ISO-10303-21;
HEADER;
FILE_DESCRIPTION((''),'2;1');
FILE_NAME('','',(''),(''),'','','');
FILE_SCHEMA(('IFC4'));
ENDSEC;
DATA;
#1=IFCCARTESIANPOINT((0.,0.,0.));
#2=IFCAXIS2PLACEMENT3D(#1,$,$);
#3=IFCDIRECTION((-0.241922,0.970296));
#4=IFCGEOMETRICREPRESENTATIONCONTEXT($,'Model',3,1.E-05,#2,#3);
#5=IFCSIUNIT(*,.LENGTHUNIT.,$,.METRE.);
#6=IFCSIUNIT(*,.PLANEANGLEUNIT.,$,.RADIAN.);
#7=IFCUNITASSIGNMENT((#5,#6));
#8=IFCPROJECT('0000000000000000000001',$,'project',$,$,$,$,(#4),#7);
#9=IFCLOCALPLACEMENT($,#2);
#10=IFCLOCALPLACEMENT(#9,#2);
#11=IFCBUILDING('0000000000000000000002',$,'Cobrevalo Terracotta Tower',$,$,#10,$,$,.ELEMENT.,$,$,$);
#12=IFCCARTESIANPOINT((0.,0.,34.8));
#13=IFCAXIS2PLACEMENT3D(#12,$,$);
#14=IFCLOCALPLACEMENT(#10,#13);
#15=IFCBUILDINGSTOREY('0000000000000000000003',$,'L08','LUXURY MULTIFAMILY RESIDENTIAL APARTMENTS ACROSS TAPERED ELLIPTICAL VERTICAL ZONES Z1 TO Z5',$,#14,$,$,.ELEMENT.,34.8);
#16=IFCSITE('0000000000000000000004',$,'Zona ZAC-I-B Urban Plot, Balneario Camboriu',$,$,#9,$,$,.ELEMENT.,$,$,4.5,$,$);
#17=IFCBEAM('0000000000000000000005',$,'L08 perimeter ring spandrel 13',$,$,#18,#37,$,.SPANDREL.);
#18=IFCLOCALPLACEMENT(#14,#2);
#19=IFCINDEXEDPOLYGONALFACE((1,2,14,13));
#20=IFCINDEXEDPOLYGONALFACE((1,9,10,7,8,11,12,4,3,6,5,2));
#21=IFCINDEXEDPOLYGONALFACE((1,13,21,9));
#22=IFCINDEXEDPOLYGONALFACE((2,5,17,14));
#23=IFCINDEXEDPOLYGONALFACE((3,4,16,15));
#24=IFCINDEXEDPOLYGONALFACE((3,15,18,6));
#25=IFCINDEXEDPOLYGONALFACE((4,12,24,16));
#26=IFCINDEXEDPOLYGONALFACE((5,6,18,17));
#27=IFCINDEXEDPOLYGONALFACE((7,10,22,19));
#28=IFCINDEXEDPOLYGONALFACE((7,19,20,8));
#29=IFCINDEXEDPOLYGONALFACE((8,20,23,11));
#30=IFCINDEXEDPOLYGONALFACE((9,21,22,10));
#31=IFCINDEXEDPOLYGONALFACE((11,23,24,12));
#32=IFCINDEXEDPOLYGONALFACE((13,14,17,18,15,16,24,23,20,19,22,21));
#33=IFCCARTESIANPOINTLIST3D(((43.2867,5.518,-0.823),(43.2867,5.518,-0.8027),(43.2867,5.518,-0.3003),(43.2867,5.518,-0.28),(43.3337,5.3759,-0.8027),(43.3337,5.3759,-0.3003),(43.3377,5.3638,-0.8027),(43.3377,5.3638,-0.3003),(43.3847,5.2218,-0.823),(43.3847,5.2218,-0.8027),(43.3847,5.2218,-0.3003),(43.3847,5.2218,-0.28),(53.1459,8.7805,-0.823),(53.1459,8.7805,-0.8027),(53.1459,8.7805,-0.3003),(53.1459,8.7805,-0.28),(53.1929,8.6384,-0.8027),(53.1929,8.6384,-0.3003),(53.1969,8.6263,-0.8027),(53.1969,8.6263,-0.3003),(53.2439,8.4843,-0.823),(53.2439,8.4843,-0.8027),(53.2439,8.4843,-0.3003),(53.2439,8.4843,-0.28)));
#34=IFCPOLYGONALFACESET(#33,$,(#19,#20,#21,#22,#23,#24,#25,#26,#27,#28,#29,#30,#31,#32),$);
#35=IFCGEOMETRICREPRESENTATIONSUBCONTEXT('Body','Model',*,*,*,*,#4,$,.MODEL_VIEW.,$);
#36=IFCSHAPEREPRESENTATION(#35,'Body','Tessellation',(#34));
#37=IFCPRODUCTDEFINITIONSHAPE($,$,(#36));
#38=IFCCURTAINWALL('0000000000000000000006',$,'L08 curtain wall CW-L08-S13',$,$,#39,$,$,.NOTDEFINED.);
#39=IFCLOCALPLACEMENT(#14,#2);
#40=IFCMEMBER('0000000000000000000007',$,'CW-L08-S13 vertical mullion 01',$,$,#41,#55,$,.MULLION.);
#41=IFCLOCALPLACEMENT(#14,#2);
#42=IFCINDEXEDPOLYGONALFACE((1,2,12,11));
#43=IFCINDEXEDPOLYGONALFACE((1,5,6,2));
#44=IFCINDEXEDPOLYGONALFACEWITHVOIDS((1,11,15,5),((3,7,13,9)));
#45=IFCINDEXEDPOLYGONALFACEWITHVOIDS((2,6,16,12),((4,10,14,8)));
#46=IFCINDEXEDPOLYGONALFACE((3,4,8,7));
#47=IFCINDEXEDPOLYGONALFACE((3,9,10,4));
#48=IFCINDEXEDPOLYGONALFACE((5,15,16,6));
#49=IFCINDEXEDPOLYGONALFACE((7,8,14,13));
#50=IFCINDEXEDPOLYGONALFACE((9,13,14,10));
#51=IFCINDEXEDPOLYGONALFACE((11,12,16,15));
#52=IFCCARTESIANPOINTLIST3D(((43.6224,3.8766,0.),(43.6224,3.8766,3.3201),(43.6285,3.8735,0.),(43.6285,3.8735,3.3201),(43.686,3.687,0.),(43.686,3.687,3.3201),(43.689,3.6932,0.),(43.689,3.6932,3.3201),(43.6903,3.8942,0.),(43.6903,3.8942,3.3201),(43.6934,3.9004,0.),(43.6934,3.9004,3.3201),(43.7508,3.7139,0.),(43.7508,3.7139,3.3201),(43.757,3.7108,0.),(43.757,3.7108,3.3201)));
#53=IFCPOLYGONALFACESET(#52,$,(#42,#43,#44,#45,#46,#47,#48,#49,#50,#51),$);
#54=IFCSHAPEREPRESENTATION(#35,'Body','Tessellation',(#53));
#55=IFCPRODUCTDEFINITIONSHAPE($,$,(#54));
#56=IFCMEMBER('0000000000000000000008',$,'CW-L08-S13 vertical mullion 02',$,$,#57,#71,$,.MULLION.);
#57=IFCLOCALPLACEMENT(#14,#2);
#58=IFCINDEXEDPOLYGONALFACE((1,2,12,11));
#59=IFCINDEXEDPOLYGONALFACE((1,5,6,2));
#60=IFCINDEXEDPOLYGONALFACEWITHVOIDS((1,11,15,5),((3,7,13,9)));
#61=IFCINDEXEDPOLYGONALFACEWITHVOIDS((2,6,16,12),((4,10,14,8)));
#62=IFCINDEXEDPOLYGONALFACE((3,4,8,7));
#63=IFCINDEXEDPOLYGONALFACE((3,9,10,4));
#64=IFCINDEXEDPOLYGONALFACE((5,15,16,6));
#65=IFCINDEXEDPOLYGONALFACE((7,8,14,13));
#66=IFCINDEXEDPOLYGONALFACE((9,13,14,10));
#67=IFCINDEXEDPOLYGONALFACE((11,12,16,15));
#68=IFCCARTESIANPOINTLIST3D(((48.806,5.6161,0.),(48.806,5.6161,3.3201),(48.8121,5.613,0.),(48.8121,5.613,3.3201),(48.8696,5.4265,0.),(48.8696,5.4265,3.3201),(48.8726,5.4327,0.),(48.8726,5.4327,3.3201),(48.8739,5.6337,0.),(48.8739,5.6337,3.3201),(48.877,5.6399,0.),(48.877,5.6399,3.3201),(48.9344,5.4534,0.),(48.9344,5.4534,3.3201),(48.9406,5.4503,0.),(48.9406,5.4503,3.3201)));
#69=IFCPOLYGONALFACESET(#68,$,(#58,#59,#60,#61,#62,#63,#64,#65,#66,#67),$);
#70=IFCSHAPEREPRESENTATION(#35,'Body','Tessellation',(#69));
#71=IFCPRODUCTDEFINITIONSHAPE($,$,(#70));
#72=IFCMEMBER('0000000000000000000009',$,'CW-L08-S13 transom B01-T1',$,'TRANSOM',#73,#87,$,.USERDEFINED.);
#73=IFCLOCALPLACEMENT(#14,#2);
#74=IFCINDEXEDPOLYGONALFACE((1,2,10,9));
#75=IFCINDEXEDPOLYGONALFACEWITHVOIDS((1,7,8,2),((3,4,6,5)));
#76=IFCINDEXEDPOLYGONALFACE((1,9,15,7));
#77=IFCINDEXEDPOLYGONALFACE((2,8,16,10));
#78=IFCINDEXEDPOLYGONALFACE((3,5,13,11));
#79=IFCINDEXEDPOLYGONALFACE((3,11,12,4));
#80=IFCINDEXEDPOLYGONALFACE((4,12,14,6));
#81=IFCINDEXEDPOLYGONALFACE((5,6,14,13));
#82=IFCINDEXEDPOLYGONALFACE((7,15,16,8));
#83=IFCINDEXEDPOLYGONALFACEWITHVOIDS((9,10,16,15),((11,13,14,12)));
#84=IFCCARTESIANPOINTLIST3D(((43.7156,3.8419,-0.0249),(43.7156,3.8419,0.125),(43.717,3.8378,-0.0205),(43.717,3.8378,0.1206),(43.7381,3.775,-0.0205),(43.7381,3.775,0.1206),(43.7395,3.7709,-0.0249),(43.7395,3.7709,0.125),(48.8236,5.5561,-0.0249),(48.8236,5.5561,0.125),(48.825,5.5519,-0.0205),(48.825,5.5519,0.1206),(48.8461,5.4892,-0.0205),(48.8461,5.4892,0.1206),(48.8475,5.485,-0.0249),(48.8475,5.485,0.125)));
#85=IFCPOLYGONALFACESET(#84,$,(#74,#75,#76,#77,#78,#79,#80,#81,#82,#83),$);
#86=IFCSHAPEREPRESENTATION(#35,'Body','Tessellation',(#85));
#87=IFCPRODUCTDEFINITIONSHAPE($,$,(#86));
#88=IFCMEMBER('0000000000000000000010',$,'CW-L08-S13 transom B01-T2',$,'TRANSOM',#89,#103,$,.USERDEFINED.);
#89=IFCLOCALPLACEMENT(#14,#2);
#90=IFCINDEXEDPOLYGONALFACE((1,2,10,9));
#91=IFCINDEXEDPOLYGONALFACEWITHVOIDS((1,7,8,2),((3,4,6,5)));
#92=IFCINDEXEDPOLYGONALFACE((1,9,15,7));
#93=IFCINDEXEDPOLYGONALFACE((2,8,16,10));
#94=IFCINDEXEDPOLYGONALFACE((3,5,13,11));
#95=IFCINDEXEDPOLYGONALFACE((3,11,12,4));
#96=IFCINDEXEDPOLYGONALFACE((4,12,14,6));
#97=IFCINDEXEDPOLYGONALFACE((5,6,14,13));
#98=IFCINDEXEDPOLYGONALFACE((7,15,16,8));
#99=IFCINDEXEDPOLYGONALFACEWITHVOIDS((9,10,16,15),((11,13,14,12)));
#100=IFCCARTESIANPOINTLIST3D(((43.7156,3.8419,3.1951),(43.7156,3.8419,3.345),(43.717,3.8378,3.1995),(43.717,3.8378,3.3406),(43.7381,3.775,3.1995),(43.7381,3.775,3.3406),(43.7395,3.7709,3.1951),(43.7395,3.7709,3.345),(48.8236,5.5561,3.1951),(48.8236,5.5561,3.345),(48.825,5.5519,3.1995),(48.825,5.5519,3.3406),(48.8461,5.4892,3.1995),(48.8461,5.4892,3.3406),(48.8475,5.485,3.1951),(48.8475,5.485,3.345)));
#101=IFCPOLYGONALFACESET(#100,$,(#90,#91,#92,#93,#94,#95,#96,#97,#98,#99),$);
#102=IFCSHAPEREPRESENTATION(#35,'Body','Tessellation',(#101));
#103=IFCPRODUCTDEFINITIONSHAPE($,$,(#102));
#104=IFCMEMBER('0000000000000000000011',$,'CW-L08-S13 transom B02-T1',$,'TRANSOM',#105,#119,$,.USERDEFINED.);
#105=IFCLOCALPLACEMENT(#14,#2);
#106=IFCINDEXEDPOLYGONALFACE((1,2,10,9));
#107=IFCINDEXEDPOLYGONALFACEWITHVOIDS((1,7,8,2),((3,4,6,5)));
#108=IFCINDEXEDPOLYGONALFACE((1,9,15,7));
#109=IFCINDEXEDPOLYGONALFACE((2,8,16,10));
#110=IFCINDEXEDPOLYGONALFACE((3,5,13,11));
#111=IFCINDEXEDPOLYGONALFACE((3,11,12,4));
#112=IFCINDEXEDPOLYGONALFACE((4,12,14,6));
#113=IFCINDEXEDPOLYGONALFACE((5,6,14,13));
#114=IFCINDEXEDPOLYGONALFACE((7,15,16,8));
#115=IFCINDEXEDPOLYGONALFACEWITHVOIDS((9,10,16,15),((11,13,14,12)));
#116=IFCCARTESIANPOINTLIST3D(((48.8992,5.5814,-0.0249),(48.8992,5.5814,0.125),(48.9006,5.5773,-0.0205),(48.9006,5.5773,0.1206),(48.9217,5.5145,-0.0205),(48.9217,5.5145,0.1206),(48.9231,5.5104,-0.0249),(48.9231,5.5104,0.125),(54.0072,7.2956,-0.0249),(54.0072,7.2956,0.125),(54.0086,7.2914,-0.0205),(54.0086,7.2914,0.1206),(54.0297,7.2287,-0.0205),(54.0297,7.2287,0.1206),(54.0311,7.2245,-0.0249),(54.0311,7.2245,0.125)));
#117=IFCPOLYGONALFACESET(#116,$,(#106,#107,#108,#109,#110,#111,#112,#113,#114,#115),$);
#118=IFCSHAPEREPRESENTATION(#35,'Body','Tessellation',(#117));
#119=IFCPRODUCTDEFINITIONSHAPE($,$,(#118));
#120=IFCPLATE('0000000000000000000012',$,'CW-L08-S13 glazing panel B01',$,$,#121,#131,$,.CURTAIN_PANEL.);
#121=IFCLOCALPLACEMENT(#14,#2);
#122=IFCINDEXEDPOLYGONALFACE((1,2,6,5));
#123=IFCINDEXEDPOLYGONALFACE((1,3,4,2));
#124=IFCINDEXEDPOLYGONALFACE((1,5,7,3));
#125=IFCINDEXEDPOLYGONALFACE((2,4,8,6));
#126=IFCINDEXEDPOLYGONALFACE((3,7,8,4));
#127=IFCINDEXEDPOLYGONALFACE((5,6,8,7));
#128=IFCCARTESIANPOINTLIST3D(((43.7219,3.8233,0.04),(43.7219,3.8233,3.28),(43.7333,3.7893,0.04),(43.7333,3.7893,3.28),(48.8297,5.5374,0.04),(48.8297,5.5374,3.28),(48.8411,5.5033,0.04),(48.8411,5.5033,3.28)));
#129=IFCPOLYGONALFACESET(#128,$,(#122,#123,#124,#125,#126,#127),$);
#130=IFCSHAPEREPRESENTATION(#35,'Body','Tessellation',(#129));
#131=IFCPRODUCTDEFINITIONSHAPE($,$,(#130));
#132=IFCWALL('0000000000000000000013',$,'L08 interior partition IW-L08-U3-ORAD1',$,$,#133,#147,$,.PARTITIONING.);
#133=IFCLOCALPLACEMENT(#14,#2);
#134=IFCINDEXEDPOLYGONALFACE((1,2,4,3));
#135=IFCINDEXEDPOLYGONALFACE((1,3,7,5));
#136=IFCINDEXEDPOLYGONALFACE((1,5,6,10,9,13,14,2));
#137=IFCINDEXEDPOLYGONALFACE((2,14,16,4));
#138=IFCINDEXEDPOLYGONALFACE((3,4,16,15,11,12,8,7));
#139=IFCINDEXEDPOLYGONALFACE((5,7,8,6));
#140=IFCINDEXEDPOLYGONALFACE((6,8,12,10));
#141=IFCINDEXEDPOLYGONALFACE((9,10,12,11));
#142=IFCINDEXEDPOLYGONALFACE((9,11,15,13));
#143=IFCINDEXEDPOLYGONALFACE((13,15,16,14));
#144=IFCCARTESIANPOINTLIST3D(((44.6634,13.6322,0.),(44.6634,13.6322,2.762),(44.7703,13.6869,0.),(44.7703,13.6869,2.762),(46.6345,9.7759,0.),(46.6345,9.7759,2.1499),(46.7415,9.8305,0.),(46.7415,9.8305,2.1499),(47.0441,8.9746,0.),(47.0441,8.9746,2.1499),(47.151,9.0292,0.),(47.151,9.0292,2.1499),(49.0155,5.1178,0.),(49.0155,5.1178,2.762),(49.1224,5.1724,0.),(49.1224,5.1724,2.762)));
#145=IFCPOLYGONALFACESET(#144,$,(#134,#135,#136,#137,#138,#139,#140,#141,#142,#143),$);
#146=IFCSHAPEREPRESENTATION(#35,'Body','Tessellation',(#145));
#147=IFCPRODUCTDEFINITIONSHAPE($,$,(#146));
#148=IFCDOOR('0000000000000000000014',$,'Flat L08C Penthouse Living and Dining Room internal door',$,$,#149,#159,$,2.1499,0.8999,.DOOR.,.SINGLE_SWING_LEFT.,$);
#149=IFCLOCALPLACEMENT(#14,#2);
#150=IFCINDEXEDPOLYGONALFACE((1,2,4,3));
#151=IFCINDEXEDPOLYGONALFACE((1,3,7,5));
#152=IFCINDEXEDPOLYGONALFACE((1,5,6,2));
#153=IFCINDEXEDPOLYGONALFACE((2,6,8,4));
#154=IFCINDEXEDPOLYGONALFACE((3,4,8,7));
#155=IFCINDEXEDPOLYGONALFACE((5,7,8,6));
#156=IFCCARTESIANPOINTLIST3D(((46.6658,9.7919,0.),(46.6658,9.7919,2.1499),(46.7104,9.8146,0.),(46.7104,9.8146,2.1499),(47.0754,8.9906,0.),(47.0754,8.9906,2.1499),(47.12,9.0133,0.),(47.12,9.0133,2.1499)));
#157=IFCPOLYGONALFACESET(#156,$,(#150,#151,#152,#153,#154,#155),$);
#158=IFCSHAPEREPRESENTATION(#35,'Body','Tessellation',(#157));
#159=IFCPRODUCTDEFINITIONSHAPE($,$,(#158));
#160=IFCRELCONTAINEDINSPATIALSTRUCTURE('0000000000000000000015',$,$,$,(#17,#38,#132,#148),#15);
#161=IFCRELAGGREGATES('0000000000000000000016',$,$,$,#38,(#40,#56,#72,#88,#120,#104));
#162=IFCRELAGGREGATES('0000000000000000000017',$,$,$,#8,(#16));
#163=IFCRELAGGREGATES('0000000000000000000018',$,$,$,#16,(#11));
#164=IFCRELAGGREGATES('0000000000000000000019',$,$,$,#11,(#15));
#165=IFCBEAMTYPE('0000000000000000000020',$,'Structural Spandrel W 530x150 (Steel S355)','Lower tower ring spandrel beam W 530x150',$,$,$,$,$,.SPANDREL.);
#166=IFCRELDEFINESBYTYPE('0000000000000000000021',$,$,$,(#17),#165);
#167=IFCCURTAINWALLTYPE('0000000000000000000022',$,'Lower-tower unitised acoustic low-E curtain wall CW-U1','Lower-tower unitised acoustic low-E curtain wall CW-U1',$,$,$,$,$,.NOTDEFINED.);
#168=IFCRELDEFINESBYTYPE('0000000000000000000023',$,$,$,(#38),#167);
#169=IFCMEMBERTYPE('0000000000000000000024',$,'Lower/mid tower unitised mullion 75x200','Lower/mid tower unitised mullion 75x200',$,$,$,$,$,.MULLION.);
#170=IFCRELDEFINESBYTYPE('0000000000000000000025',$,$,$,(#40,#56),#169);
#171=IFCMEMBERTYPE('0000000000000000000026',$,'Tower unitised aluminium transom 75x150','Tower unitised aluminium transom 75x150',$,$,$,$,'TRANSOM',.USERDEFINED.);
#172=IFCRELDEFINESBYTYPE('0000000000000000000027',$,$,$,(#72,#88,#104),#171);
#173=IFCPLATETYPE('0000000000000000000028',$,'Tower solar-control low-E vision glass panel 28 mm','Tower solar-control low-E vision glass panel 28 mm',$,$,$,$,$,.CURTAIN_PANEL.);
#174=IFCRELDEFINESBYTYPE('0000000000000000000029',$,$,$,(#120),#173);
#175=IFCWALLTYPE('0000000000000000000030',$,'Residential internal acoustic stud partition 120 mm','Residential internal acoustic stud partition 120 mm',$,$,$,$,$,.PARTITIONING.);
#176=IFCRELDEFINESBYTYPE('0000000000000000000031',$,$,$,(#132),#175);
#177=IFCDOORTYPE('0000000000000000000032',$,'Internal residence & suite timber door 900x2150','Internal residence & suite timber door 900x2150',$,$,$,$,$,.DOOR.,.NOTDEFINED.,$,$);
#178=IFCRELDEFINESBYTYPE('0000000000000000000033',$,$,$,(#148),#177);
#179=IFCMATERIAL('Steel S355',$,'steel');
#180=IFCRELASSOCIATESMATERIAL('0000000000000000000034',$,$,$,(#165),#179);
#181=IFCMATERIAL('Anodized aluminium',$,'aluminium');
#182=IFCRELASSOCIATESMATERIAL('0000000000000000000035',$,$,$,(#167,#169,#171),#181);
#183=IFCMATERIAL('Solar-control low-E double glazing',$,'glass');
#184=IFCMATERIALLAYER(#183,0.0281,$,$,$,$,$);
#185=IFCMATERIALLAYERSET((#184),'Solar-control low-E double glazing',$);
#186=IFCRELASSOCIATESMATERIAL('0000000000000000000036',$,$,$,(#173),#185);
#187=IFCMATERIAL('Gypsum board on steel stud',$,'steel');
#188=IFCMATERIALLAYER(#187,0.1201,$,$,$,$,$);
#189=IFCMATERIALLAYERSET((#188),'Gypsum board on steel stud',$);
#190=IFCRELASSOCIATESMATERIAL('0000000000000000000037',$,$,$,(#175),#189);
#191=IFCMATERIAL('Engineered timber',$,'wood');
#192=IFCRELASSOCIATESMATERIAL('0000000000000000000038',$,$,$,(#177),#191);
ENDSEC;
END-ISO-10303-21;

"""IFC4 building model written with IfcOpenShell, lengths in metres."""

from ifc_helpers import new_model, si_unit, direction, frame, frame_2d, origin, origin_2d, place, context, subcontext, project, spatial, rectangle, hollow_rectangle, i_section, extrude, source, transform, mapped, material, layer, layer_set, material_profile, profile_set, type_object, element, fill, aggregate, save


model = new_model("IFC4")

# Units and contexts
model_context = context("Model", 3, precision=1e-05, world=origin(), true_north=direction((-0.241922, 0.970296)))
body_context = subcontext(model_context, "Body", "Model", "MODEL_VIEW")
ifc_project = project(units=[si_unit("LENGTHUNIT", "METRE"), si_unit("PLANEANGLEUNIT", "RADIAN")], contexts=[model_context])

# Site, building, storey
site_placement = place(None, origin())
site = spatial("IfcSite", under=ifc_project, at=site_placement, Name="Zona ZAC-I-B Urban Plot, Balneario Camboriu", CompositionType="ELEMENT", RefElevation=4.5)
building_placement = place(site_placement, origin())
building = spatial("IfcBuilding", under=site, at=building_placement, Name="Cobrevalo Terracotta Tower", CompositionType="ELEMENT")
storey_placement = place(building_placement, frame((0.0, 0.0, 34.8)))
storey = spatial("IfcBuildingStorey", under=building, at=storey_placement, Name="L08", Description="LUXURY MULTIFAMILY RESIDENTIAL APARTMENTS ACROSS TAPERED ELLIPTICAL VERTICAL ZONES Z1 TO Z5", CompositionType="ELEMENT", Elevation=34.8)

# Shared definitions
ifc_material_1 = material(Name="Steel S355", Category="steel")

# Beam
ifc_material_profile_1 = material_profile(ifc_material_1, i_section(OverallWidth=0.312, OverallDepth=0.543, WebThickness=0.0127, FlangeThickness=0.0203, at=origin_2d()), Name="W 530x150")
ifc_profile_set_1 = profile_set([ifc_material_profile_1], Name="Steel S355")
beam_type_1 = type_object("IfcBeamType", Name="Structural Spandrel W 530x150 (Steel S355)", Description="Lower tower ring spandrel beam W 530x150", PredefinedType="SPANDREL", material=ifc_profile_set_1)
beam_1_placement = place(storey_placement, frame((43.3357, 5.3699, -0.5515), z_axis=(0.949372, 0.314153, 0.0), x_axis=(-0.314153, 0.949372, 0.0)))
element("IfcBeam", 1, at=beam_1_placement, inside=storey, type_object=beam_type_1, Name="L08 perimeter ring spandrel 13", PredefinedType="SPANDREL", context=body_context, shape_type="SweptSolid", body=[
    extrude(i_section(OverallWidth=0.312, OverallDepth=0.543, WebThickness=0.0127, FlangeThickness=0.0203, at=origin_2d()), origin(), (0.0, 0.0, 1.0), 10.385),
])

# Curtain wall, members, plate
ifc_material_2 = material(Name="Anodized aluminium", Category="aluminium")
curtain_wall_type = type_object("IfcCurtainWallType", Name="Lower-tower unitised acoustic low-E curtain wall CW-U1", Description="Lower-tower unitised acoustic low-E curtain wall CW-U1", PredefinedType="NOTDEFINED", material=ifc_material_2)
curtain_wall_placement = place(storey_placement, origin())
curtain_wall = element("IfcCurtainWall", 2, at=curtain_wall_placement, inside=storey, type_object=curtain_wall_type, Name="L08 curtain wall CW-L08-S13", PredefinedType="NOTDEFINED")
ifc_material_profile_2 = material_profile(ifc_material_2, hollow_rectangle(XDim=0.075, YDim=0.2, WallThickness=0.0049, at=origin_2d()), Name="CWM 75x200")
ifc_profile_set_2 = profile_set([ifc_material_profile_2], Name="Anodized aluminium")
member_type_1 = type_object("IfcMemberType", Name="Lower/mid tower unitised mullion 75x200", Description="Lower/mid tower unitised mullion 75x200", PredefinedType="MULLION", material=ifc_profile_set_2)
shared_shape_1 = source(origin(), body_context, "Body", "SweptSolid", [
    extrude(hollow_rectangle(XDim=0.075, YDim=0.2, WallThickness=0.0049, at=origin_2d()), origin(), (0.0, 0.0, 1.0), 3.3201),
])
member_1_placement = place(storey_placement, frame((43.6897, 3.7937, 0.0), z_axis=(0.0, 0.0, 1.0), x_axis=(0.948046, 0.318132, 0.0)))
member_1 = element("IfcMember", 3, at=member_1_placement, type_object=member_type_1, Name="CW-L08-S13 vertical mullion 01", PredefinedType="MULLION", context=body_context, shape_type="MappedRepresentation", body=[
    mapped(shared_shape_1, transform((0.0, 0.0, 0.0), scale=1.0)),
])
member_2_placement = place(storey_placement, frame((48.8733, 5.5332, 0.0), z_axis=(0.0, 0.0, 1.0), x_axis=(0.948046, 0.318132, 0.0)))
member_2 = element("IfcMember", 4, at=member_2_placement, type_object=member_type_1, Name="CW-L08-S13 vertical mullion 02", PredefinedType="MULLION", context=body_context, shape_type="MappedRepresentation", body=[
    mapped(shared_shape_1, transform((0.0, 0.0, 0.0), scale=1.0)),
])
ifc_material_profile_3 = material_profile(ifc_material_2, hollow_rectangle(XDim=0.075, YDim=0.1499, WallThickness=0.0044, at=origin_2d()), Name="CWT 75x150")
ifc_profile_set_3 = profile_set([ifc_material_profile_3], Name="Anodized aluminium")
member_type_2 = type_object("IfcMemberType", Name="Tower unitised aluminium transom 75x150", Description="Tower unitised aluminium transom 75x150", ElementType="TRANSOM", PredefinedType="USERDEFINED", material=ifc_profile_set_3)
shared_shape_2 = source(origin(), body_context, "Body", "SweptSolid", [
    extrude(hollow_rectangle(XDim=0.075, YDim=0.1499, WallThickness=0.0044, at=origin_2d()), origin(), (0.0, 0.0, 1.0), 5.3879),
])
member_3_placement = place(storey_placement, frame((43.7275, 3.8064, 0.05), z_axis=(0.948042, 0.318144, 0.0), x_axis=(-0.318144, 0.948042, 0.0)))
member_3 = element("IfcMember", 5, at=member_3_placement, type_object=member_type_2, Name="CW-L08-S13 transom B01-T1", ObjectType="TRANSOM", PredefinedType="USERDEFINED", context=body_context, shape_type="MappedRepresentation", body=[
    mapped(shared_shape_2, transform((0.0, 0.0, 0.0), scale=1.0)),
])
member_4_placement = place(storey_placement, frame((43.7275, 3.8064, 3.27), z_axis=(0.948042, 0.318144, 0.0), x_axis=(-0.318144, 0.948042, 0.0)))
member_4 = element("IfcMember", 6, at=member_4_placement, type_object=member_type_2, Name="CW-L08-S13 transom B01-T2", ObjectType="TRANSOM", PredefinedType="USERDEFINED", context=body_context, shape_type="MappedRepresentation", body=[
    mapped(shared_shape_2, transform((0.0, 0.0, 0.0), scale=1.0)),
])
member_5_placement = place(storey_placement, frame((48.9111, 5.5459, 0.05), z_axis=(0.948042, 0.318144, 0.0), x_axis=(-0.318144, 0.948042, 0.0)))
member_5 = element("IfcMember", 7, at=member_5_placement, type_object=member_type_2, Name="CW-L08-S13 transom B02-T1", ObjectType="TRANSOM", PredefinedType="USERDEFINED", context=body_context, shape_type="MappedRepresentation", body=[
    mapped(shared_shape_2, transform((0.0, 0.0, 0.0), scale=1.0)),
])
ifc_material_3 = material(Name="Solar-control low-E double glazing", Category="glass")
ifc_layer_1 = layer(ifc_material_3, 0.0281)
ifc_layer_set_1 = layer_set([ifc_layer_1], Name="Solar-control low-E double glazing")
plate_type = type_object("IfcPlateType", Name="Tower solar-control low-E vision glass panel 28 mm", Description="Tower solar-control low-E vision glass panel 28 mm", PredefinedType="CURTAIN_PANEL", material=ifc_layer_set_1)
shared_shape_3 = source(origin(), body_context, "Body", "SweptSolid", [
    extrude(rectangle(XDim=5.3877, YDim=0.0359, at=origin_2d()), origin(), (0.0, 0.0, 1.0), 3.24),
])
plate_placement = place(storey_placement, frame((46.2815, 4.6633, 0.04), z_axis=(0.0, 0.0, 1.0), x_axis=(0.948044, 0.318139, 0.0)))
plate = element("IfcPlate", 8, at=plate_placement, type_object=plate_type, Name="CW-L08-S13 glazing panel B01", PredefinedType="CURTAIN_PANEL", context=body_context, shape_type="MappedRepresentation", body=[
    mapped(shared_shape_3, transform((0.0, 0.0, 0.0), scale=1.0)),
])
aggregate(curtain_wall, [member_1, member_2, member_3, member_4, plate, member_5])

# Wall, opening, door
ifc_material_4 = material(Name="Gypsum board on steel stud", Category="steel")
ifc_layer_2 = layer(ifc_material_4, 0.1201)
ifc_layer_set_2 = layer_set([ifc_layer_2], Name="Gypsum board on steel stud")
wall_type = type_object("IfcWallType", Name="Residential internal acoustic stud partition 120 mm", Description="Residential internal acoustic stud partition 120 mm", PredefinedType="PARTITIONING", material=ifc_layer_set_2)
wall_1_placement = place(storey_placement, frame((44.7168, 13.6597, 0.0), z_axis=(0.0, 0.0, 1.0), x_axis=(0.455131, -0.890424, 0.0)))
wall_1 = element("IfcWall", 9, at=wall_1_placement, inside=storey, type_object=wall_type, Name="L08 interior partition IW-L08-U3-ORAD1", PredefinedType="PARTITIONING", context=body_context, shape_type="SweptSolid", body=[
    extrude(rectangle(XDim=9.5623, YDim=0.1201, at=frame_2d((4.7812, 0.0))), origin(), (0.0, 0.0, 1.0), 2.762),
])
opening_1_placement = place(wall_1_placement, frame((4.3311, 0.0, 0.0)))
opening_1 = element("IfcOpeningElement", 10, at=opening_1_placement, cuts=wall_1, PredefinedType="OPENING", context=body_context, shape_type="SweptSolid", body=[
    extrude(rectangle(XDim=0.8999, YDim=2.1499, at=frame_2d((0.45, 1.075))), frame((0.0, 0.0701, 0.0), z_axis=(0.0, -1.0, 0.0), x_axis=(1.0, 0.0, 0.0)), (0.0, 0.0, 1.0), 0.1401),
])
ifc_material_5 = material(Name="Engineered timber", Category="wood")
door_type_1 = type_object("IfcDoorType", Name="Internal residence & suite timber door 900x2150", Description="Internal residence & suite timber door 900x2150", OperationType="NOTDEFINED", PredefinedType="DOOR", material=ifc_material_5)
shared_shape_4 = source(origin(), body_context, "Body", "SweptSolid", [
    extrude(rectangle(XDim=0.8999, YDim=2.1499, at=frame_2d((0.45, 1.075))), frame((0.0, 0.0249, 0.0), z_axis=(0.0, -1.0, 0.0), x_axis=(1.0, 0.0, 0.0)), (0.0, 0.0, 1.0), 0.05),
])
door_1_placement = place(opening_1_placement, frame((0.8999, 0.0, 0.0), z_axis=(0.0, 0.0, 1.0), x_axis=(-1.0, 0.0, 0.0)))
door_1 = element("IfcDoor", 11, at=door_1_placement, inside=storey, type_object=door_type_1, Name="Flat L08C Penthouse Living and Dining Room internal door", OperationType="SINGLE_SWING_LEFT", OverallHeight=2.1499, OverallWidth=0.8999, PredefinedType="DOOR", context=body_context, shape_type="MappedRepresentation", body=[
    mapped(shared_shape_4, transform((0.0, 0.0, 0.0), scale=1.0)),
])
fill(opening_1, door_1)

save(model, "model.ifc")
